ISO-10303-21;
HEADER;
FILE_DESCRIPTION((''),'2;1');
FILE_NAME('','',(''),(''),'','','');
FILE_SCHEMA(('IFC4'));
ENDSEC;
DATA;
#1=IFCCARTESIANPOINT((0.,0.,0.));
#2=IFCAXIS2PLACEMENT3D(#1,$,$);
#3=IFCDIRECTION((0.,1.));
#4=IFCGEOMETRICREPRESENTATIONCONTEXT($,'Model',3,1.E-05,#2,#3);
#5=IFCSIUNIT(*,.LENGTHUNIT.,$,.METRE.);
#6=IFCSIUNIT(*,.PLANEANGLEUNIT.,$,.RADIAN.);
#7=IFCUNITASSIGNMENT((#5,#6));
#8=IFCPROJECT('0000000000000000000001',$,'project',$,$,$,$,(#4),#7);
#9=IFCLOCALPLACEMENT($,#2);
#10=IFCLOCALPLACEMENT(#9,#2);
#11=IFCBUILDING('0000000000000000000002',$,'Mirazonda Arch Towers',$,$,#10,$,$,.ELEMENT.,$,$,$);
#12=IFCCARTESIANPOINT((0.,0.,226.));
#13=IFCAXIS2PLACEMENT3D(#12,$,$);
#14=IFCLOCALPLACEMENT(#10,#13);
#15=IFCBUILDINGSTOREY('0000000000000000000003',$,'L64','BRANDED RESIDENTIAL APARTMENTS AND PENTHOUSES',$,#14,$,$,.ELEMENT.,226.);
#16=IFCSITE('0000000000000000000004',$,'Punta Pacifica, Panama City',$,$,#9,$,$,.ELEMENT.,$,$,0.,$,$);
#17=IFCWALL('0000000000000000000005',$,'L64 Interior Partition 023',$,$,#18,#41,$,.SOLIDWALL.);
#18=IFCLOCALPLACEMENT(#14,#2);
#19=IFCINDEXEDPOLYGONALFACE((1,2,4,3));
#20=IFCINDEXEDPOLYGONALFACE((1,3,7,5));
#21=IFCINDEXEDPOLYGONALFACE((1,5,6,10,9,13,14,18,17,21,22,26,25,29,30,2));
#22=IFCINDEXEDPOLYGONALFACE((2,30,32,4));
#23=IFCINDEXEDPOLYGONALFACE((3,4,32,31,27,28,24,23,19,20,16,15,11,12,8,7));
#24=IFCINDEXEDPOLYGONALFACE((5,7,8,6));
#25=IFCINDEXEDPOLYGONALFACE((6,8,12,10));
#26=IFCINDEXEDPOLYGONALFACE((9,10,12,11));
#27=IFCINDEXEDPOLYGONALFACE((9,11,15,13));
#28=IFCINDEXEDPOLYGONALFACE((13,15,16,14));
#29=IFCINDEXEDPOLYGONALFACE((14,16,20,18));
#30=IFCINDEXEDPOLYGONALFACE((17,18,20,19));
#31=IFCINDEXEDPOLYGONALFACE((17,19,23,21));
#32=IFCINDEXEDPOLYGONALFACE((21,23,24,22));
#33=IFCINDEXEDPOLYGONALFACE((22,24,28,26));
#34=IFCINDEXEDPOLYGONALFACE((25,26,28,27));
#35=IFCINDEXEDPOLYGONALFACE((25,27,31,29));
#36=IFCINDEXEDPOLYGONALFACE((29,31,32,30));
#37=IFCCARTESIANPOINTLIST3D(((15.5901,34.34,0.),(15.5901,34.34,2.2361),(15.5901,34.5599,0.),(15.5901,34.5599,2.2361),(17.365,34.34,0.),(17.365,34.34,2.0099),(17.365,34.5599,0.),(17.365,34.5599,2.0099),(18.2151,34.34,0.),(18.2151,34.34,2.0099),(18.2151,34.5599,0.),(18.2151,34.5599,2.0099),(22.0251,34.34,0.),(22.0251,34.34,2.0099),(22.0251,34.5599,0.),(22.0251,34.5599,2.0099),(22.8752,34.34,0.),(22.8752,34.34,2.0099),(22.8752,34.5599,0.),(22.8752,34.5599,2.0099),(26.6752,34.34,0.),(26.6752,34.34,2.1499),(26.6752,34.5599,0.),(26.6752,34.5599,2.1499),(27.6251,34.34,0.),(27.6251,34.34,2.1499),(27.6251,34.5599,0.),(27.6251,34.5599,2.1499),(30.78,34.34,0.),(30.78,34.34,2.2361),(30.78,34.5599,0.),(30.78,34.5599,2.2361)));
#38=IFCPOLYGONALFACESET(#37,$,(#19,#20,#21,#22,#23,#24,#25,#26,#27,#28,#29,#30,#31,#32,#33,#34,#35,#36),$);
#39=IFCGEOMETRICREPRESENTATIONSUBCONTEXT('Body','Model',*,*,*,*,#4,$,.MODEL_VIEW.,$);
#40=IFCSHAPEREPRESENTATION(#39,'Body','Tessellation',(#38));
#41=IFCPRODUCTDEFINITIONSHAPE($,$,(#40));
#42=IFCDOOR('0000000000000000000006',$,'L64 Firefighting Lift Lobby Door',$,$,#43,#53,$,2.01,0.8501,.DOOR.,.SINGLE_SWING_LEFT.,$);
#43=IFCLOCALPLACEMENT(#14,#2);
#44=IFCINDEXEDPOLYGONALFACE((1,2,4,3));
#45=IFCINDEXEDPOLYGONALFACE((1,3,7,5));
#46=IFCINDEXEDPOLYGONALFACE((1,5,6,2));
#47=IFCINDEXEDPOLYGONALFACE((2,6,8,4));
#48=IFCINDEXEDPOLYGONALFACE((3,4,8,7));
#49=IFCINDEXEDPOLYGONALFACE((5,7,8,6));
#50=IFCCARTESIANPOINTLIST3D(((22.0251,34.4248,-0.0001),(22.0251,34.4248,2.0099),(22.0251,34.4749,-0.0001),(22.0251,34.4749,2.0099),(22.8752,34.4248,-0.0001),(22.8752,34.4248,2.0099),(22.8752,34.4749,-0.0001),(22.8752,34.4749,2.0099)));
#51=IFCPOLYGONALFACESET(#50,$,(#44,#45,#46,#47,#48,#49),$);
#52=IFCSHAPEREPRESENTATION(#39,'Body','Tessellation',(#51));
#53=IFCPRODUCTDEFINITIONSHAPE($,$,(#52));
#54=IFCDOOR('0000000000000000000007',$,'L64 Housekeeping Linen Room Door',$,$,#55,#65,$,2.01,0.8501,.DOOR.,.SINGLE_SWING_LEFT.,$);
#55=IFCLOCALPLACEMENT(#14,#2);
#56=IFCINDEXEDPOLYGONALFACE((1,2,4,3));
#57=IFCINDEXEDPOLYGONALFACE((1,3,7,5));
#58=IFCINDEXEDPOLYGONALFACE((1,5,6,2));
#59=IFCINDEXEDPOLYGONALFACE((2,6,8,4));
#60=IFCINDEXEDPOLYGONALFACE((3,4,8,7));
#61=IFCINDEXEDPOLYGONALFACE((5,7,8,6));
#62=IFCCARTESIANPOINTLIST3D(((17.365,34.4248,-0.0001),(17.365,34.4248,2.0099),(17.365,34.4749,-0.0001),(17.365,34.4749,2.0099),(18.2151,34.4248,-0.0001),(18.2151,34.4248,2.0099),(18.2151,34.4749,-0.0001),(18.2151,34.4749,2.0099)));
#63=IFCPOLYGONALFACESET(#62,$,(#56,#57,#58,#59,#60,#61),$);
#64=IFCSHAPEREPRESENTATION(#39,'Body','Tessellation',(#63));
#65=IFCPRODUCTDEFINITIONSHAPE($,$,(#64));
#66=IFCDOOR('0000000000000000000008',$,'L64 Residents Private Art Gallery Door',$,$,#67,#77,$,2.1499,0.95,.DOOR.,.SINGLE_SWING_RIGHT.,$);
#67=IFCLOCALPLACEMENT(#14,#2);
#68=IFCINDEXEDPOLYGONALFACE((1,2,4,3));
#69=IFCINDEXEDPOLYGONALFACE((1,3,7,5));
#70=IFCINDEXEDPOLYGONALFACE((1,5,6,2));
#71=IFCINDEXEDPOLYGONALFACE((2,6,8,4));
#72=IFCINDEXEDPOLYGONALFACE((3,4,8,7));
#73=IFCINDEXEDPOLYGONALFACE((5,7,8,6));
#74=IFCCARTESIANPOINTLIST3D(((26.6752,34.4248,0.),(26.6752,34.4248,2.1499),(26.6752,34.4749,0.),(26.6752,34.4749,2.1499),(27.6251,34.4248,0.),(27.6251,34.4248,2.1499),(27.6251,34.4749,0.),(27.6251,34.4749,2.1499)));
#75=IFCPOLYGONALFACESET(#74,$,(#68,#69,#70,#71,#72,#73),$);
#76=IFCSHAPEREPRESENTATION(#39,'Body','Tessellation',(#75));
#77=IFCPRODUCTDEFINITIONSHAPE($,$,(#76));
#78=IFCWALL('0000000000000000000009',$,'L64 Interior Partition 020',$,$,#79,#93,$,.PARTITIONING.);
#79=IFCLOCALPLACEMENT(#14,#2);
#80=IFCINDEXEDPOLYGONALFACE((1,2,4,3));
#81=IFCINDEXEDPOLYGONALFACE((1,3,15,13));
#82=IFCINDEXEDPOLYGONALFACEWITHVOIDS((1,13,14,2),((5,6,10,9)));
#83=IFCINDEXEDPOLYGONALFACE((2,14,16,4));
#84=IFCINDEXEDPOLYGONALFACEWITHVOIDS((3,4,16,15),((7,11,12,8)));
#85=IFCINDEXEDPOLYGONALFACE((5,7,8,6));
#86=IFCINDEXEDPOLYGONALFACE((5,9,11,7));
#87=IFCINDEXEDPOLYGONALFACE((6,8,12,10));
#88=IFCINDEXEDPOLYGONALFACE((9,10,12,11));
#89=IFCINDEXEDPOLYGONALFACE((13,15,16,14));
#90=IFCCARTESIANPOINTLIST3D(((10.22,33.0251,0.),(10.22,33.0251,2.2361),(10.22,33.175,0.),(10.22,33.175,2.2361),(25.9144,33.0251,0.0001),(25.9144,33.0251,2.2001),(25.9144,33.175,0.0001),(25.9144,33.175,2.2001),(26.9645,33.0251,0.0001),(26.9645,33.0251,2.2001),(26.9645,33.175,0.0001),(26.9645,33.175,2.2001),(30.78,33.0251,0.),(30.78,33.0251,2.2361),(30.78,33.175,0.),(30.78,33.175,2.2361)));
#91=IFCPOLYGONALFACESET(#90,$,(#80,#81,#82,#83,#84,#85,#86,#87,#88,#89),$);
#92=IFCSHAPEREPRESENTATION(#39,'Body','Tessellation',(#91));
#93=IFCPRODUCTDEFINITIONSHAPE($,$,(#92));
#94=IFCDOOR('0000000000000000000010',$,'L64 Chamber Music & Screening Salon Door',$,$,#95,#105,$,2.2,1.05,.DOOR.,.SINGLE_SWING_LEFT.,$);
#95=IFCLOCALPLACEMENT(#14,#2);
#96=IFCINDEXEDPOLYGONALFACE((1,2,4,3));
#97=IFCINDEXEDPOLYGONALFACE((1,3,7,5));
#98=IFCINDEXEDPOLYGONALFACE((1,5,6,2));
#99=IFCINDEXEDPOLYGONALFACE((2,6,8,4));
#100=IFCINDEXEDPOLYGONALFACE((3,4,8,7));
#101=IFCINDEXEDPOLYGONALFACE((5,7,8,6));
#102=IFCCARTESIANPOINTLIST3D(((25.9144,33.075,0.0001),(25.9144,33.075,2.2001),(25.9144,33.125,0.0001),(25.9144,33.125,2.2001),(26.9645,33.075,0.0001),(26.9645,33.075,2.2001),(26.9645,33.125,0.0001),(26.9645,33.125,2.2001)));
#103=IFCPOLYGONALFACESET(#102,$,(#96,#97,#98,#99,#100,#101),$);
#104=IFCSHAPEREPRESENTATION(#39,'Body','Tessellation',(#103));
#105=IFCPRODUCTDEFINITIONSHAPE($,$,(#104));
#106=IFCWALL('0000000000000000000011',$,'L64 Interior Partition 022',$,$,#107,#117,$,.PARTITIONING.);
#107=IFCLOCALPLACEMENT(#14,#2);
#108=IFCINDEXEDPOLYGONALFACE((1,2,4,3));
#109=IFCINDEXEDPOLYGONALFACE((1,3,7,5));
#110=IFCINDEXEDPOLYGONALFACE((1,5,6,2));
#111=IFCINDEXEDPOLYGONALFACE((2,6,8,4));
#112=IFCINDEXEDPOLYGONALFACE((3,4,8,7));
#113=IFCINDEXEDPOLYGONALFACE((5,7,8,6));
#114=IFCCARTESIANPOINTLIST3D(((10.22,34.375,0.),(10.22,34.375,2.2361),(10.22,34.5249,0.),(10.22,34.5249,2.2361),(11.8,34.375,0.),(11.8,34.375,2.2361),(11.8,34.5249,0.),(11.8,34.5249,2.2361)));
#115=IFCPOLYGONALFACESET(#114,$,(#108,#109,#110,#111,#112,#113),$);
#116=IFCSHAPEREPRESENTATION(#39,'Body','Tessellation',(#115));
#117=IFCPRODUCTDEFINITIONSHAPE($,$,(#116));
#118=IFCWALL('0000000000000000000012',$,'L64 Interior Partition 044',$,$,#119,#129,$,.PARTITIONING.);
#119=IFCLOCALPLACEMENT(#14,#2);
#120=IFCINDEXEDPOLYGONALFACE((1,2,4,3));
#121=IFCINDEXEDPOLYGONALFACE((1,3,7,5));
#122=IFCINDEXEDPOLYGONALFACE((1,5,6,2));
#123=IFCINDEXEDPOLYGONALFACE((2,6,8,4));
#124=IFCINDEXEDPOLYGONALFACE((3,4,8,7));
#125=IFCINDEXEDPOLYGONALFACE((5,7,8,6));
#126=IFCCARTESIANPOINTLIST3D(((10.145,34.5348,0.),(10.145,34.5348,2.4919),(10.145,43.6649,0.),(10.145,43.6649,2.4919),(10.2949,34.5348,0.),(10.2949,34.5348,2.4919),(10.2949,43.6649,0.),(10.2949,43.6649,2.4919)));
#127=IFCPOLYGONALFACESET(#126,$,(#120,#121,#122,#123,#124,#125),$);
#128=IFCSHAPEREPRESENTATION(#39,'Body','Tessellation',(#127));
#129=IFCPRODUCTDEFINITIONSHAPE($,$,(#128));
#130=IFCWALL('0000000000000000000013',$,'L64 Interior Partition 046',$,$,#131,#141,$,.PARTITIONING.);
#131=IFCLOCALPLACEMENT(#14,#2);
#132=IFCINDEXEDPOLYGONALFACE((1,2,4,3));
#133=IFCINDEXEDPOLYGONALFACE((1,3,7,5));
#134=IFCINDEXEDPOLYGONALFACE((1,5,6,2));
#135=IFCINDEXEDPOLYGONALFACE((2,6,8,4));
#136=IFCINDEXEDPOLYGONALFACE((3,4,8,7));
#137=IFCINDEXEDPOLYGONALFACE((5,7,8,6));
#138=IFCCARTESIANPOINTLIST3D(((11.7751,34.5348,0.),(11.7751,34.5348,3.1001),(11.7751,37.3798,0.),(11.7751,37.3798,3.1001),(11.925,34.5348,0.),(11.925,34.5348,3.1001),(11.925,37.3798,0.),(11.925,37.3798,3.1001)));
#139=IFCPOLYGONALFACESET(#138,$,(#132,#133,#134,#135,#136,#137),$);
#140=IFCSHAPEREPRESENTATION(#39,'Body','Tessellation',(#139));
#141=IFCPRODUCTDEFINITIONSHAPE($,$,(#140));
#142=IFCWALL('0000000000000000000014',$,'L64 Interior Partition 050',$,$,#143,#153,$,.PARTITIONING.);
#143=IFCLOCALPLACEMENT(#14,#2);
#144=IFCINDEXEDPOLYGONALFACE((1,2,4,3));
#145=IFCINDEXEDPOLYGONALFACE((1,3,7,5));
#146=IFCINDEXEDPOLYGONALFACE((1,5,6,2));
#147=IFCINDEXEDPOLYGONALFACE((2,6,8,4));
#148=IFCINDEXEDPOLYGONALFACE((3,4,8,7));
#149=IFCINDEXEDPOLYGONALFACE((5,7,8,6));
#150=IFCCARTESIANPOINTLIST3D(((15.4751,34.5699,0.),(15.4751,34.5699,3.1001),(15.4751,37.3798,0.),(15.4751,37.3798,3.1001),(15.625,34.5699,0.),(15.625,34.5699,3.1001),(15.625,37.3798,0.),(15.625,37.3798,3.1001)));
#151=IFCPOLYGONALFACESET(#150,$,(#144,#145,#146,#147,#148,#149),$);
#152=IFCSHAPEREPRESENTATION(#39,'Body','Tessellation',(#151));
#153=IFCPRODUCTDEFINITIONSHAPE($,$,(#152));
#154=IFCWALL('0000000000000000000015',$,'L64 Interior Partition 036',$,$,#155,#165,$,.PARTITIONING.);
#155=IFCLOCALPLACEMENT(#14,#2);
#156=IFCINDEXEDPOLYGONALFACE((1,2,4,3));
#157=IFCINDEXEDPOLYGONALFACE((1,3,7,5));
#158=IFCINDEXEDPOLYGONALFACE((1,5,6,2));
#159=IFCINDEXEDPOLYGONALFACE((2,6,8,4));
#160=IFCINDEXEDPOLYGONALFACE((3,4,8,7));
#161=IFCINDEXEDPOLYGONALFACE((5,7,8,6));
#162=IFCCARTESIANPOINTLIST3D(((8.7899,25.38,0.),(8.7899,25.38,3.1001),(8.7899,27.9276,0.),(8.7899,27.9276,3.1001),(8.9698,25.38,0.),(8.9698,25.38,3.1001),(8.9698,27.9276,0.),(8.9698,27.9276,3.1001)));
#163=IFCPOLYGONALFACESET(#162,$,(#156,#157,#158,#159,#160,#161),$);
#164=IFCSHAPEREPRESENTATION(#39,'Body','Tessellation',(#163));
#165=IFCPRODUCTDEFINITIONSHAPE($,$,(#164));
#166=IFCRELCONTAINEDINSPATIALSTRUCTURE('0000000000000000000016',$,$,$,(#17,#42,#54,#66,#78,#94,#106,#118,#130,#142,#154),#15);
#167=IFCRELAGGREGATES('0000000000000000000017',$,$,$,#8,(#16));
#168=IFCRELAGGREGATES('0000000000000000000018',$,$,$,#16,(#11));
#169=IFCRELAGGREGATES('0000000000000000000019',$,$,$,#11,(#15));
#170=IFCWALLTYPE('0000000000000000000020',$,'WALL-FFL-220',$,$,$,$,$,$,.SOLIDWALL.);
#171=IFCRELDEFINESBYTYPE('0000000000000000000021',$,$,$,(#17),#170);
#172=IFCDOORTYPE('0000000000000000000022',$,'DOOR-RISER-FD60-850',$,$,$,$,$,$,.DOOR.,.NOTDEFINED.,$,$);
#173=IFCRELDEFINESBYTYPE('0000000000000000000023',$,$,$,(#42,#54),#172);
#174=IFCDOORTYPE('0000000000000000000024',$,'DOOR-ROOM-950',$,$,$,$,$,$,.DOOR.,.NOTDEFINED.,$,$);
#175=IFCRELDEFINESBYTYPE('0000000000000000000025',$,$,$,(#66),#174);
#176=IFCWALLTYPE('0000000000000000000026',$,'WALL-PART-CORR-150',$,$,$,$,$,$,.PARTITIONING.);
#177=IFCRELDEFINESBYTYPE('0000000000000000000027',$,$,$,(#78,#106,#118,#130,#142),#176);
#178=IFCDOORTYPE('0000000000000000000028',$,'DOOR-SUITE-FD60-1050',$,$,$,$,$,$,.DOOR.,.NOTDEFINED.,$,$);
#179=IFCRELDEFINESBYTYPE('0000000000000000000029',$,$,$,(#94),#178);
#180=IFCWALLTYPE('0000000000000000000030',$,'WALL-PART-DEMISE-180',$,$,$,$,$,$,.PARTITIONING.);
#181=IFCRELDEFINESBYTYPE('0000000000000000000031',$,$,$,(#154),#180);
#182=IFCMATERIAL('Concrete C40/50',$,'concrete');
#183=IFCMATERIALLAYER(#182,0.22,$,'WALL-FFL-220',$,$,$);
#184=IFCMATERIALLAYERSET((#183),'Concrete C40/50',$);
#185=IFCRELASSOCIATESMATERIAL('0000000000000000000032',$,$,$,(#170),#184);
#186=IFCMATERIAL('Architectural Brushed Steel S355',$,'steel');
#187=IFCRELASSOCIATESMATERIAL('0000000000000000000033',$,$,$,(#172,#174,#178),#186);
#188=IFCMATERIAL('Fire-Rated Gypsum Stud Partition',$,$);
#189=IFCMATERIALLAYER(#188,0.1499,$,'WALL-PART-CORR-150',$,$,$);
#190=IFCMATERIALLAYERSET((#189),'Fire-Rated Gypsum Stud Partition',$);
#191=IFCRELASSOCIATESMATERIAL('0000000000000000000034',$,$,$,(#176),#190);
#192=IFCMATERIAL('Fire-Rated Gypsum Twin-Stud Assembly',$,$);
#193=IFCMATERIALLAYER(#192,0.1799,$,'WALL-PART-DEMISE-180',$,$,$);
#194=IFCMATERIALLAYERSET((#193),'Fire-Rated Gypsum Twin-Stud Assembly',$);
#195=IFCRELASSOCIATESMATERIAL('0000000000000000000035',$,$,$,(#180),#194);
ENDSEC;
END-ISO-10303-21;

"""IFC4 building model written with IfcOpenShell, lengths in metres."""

from ifc_helpers import new_model, si_unit, direction, frame, frame_2d, origin, place, context, subcontext, project, spatial, rectangle, extrude, material, layer, layer_set, type_object, element, fill, save


model = new_model("IFC4")

# Units and contexts
model_context = context("Model", 3, precision=1e-05, world=origin(), true_north=direction((0.0, 1.0)))
body_context = subcontext(model_context, "Body", "Model", "MODEL_VIEW")
ifc_project = project(units=[si_unit("LENGTHUNIT", "METRE"), si_unit("PLANEANGLEUNIT", "RADIAN")], contexts=[model_context])

# Site, building, storey
site_placement = place(None, origin())
site = spatial("IfcSite", under=ifc_project, at=site_placement, Name="Punta Pacifica, Panama City", CompositionType="ELEMENT", RefElevation=0.0)
building_placement = place(site_placement, origin())
building = spatial("IfcBuilding", under=site, at=building_placement, Name="Mirazonda Arch Towers", CompositionType="ELEMENT")
storey_placement = place(building_placement, frame((0.0, 0.0, 226.0)))
storey = spatial("IfcBuildingStorey", under=building, at=storey_placement, Name="L64", Description="BRANDED RESIDENTIAL APARTMENTS AND PENTHOUSES", CompositionType="ELEMENT", Elevation=226.0)

# Wall, openings, doors
ifc_material_1 = material(Name="Architectural Brushed Steel S355", Category="steel")
ifc_material_2 = material(Name="Concrete C40/50", Category="concrete")
ifc_layer_1 = layer(ifc_material_2, 0.22, Name="WALL-FFL-220")
ifc_layer_set_1 = layer_set([ifc_layer_1], Name="Concrete C40/50")
wall_type_1 = type_object("IfcWallType", Name="WALL-FFL-220", PredefinedType="SOLIDWALL", material=ifc_layer_set_1)
wall_1_placement = place(storey_placement, frame((15.5901, 34.45, 0.0), z_axis=(0.0, 0.0, 1.0), x_axis=(1.0, 0.0, 0.0)))
wall_1 = element("IfcWall", 1, at=wall_1_placement, inside=storey, type_object=wall_type_1, Name="L64 Interior Partition 023", PredefinedType="SOLIDWALL", context=body_context, shape_type="SweptSolid", body=[
    extrude(rectangle(XDim=15.1899, YDim=0.22, at=frame_2d((7.595, 0.0))), origin(), (0.0, 0.0, 1.0), 2.2361),
])
opening_1_placement = place(wall_1_placement, frame((6.4351, 0.0, 0.0)))
opening_1 = element("IfcOpeningElement", 2, at=opening_1_placement, cuts=wall_1, PredefinedType="OPENING", context=body_context, shape_type="SweptSolid", body=[
    extrude(rectangle(XDim=0.8501, YDim=2.01, at=frame_2d((0.425, 1.0049))), frame((0.0, 0.1199, 0.0), z_axis=(0.0, -1.0, 0.0), x_axis=(1.0, 0.0, 0.0)), (0.0, 0.0, 1.0), 0.24),
])
opening_2_placement = place(wall_1_placement, frame((11.085, 0.0, 0.0)))
opening_2 = element("IfcOpeningElement", 3, at=opening_2_placement, cuts=wall_1, PredefinedType="OPENING", context=body_context, shape_type="SweptSolid", body=[
    extrude(rectangle(XDim=0.95, YDim=2.1499, at=frame_2d((0.4751, 1.075))), frame((0.0, 0.1199, 0.0), z_axis=(0.0, -1.0, 0.0), x_axis=(1.0, 0.0, 0.0)), (0.0, 0.0, 1.0), 0.24),
])
opening_3_placement = place(wall_1_placement, frame((1.7749, 0.0, 0.0)))
opening_3 = element("IfcOpeningElement", 4, at=opening_3_placement, cuts=wall_1, PredefinedType="OPENING", context=body_context, shape_type="SweptSolid", body=[
    extrude(rectangle(XDim=0.8501, YDim=2.01, at=frame_2d((0.425, 1.0049))), frame((0.0, 0.1199, 0.0), z_axis=(0.0, -1.0, 0.0), x_axis=(1.0, 0.0, 0.0)), (0.0, 0.0, 1.0), 0.24),
])
door_type_1 = type_object("IfcDoorType", Name="DOOR-RISER-FD60-850", OperationType="NOTDEFINED", PredefinedType="DOOR", material=ifc_material_1)
door_1_placement = place(opening_1_placement, origin())
door_1 = element("IfcDoor", 5, at=door_1_placement, inside=storey, type_object=door_type_1, Name="L64 Firefighting Lift Lobby Door", OperationType="SINGLE_SWING_LEFT", OverallHeight=2.01, OverallWidth=0.8501, PredefinedType="DOOR", context=body_context, shape_type="SweptSolid", body=[
    extrude(rectangle(XDim=0.8501, YDim=2.01, at=frame_2d((0.425, 1.0049))), frame((0.0, 0.0249, 0.0), z_axis=(0.0, -1.0, 0.0), x_axis=(1.0, 0.0, 0.0)), (0.0, 0.0, 1.0), 0.05),
])
fill(opening_1, door_1)
door_2_placement = place(opening_3_placement, origin())
door_2 = element("IfcDoor", 6, at=door_2_placement, inside=storey, type_object=door_type_1, Name="L64 Housekeeping Linen Room Door", OperationType="SINGLE_SWING_LEFT", OverallHeight=2.01, OverallWidth=0.8501, PredefinedType="DOOR", context=body_context, shape_type="SweptSolid", body=[
    extrude(rectangle(XDim=0.8501, YDim=2.01, at=frame_2d((0.425, 1.0049))), frame((0.0, 0.0249, 0.0), z_axis=(0.0, -1.0, 0.0), x_axis=(1.0, 0.0, 0.0)), (0.0, 0.0, 1.0), 0.05),
])
fill(opening_3, door_2)
door_type_2 = type_object("IfcDoorType", Name="DOOR-ROOM-950", OperationType="NOTDEFINED", PredefinedType="DOOR", material=ifc_material_1)
door_3_placement = place(opening_2_placement, origin())
door_3 = element("IfcDoor", 7, at=door_3_placement, inside=storey, type_object=door_type_2, Name="L64 Residents Private Art Gallery Door", OperationType="SINGLE_SWING_RIGHT", OverallHeight=2.1499, OverallWidth=0.95, PredefinedType="DOOR", context=body_context, shape_type="SweptSolid", body=[
    extrude(rectangle(XDim=0.95, YDim=2.1499, at=frame_2d((0.4751, 1.075))), frame((0.0, 0.0249, 0.0), z_axis=(0.0, -1.0, 0.0), x_axis=(1.0, 0.0, 0.0)), (0.0, 0.0, 1.0), 0.05),
])
fill(opening_2, door_3)

# Wall, opening, door
ifc_material_3 = material(Name="Fire-Rated Gypsum Stud Partition")
ifc_layer_2 = layer(ifc_material_3, 0.1499, Name="WALL-PART-CORR-150")
ifc_layer_set_2 = layer_set([ifc_layer_2], Name="Fire-Rated Gypsum Stud Partition")
wall_type_2 = type_object("IfcWallType", Name="WALL-PART-CORR-150", PredefinedType="PARTITIONING", material=ifc_layer_set_2)
wall_2_placement = place(storey_placement, frame((10.22, 33.1001, 0.0), z_axis=(0.0, 0.0, 1.0), x_axis=(1.0, 0.0, 0.0)))
wall_2 = element("IfcWall", 8, at=wall_2_placement, inside=storey, type_object=wall_type_2, Name="L64 Interior Partition 020", PredefinedType="PARTITIONING", context=body_context, shape_type="SweptSolid", body=[
    extrude(rectangle(XDim=20.5601, YDim=0.1499, at=frame_2d((10.28, 0.0))), origin(), (0.0, 0.0, 1.0), 2.2361),
])
opening_4_placement = place(wall_2_placement, frame((15.6946, 0.0, 0.0)))
opening_4 = element("IfcOpeningElement", 9, at=opening_4_placement, cuts=wall_2, PredefinedType="OPENING", context=body_context, shape_type="SweptSolid", body=[
    extrude(rectangle(XDim=1.05, YDim=2.2, at=frame_2d((0.5249, 1.1001))), frame((0.0, 0.085, 0.0), z_axis=(0.0, -1.0, 0.0), x_axis=(1.0, 0.0, 0.0)), (0.0, 0.0, 1.0), 0.1699),
])
door_type_3 = type_object("IfcDoorType", Name="DOOR-SUITE-FD60-1050", OperationType="NOTDEFINED", PredefinedType="DOOR", material=ifc_material_1)
door_4_placement = place(opening_4_placement, origin())
door_4 = element("IfcDoor", 10, at=door_4_placement, inside=storey, type_object=door_type_3, Name="L64 Chamber Music & Screening Salon Door", OperationType="SINGLE_SWING_LEFT", OverallHeight=2.2, OverallWidth=1.05, PredefinedType="DOOR", context=body_context, shape_type="SweptSolid", body=[
    extrude(rectangle(XDim=1.05, YDim=2.2, at=frame_2d((0.5249, 1.1001))), frame((0.0, 0.0249, 0.0), z_axis=(0.0, -1.0, 0.0), x_axis=(1.0, 0.0, 0.0)), (0.0, 0.0, 1.0), 0.05),
])
fill(opening_4, door_4)

# Walls
wall_3_placement = place(storey_placement, frame((10.22, 34.45, 0.0), z_axis=(0.0, 0.0, 1.0), x_axis=(1.0, 0.0, 0.0)))
element("IfcWall", 11, at=wall_3_placement, inside=storey, type_object=wall_type_2, Name="L64 Interior Partition 022", PredefinedType="PARTITIONING", context=body_context, shape_type="SweptSolid", body=[
    extrude(rectangle(XDim=1.5801, YDim=0.1499, at=frame_2d((0.79, 0.0))), origin(), (0.0, 0.0, 1.0), 2.2361),
])
wall_4_placement = place(storey_placement, frame((10.22, 34.5349, 0.0), z_axis=(0.0, 0.0, 1.0), x_axis=(0.0, 1.0, 0.0)))
element("IfcWall", 12, at=wall_4_placement, inside=storey, type_object=wall_type_2, Name="L64 Interior Partition 044", PredefinedType="PARTITIONING", context=body_context, shape_type="SweptSolid", body=[
    extrude(rectangle(XDim=9.1301, YDim=0.1499, at=frame_2d((4.5649, 0.0))), origin(), (0.0, 0.0, 1.0), 2.4919),
])
wall_5_placement = place(storey_placement, frame((11.8501, 34.5349, 0.0), z_axis=(0.0, 0.0, 1.0), x_axis=(0.0, 1.0, 0.0)))
element("IfcWall", 13, at=wall_5_placement, inside=storey, type_object=wall_type_2, Name="L64 Interior Partition 046", PredefinedType="PARTITIONING", context=body_context, shape_type="SweptSolid", body=[
    extrude(rectangle(XDim=2.845, YDim=0.1499, at=frame_2d((1.4224, 0.0))), origin(), (0.0, 0.0, 1.0), 3.1001),
])
wall_6_placement = place(storey_placement, frame((15.55, 34.5701, 0.0), z_axis=(0.0, 0.0, 1.0), x_axis=(0.0, 1.0, 0.0)))
element("IfcWall", 14, at=wall_6_placement, inside=storey, type_object=wall_type_2, Name="L64 Interior Partition 050", PredefinedType="PARTITIONING", context=body_context, shape_type="SweptSolid", body=[
    extrude(rectangle(XDim=2.8098, YDim=0.1499, at=frame_2d((1.4048, 0.0))), origin(), (0.0, 0.0, 1.0), 3.1001),
])
ifc_material_4 = material(Name="Fire-Rated Gypsum Twin-Stud Assembly")
ifc_layer_3 = layer(ifc_material_4, 0.1799, Name="WALL-PART-DEMISE-180")
ifc_layer_set_3 = layer_set([ifc_layer_3], Name="Fire-Rated Gypsum Twin-Stud Assembly")
wall_type_3 = type_object("IfcWallType", Name="WALL-PART-DEMISE-180", PredefinedType="PARTITIONING", material=ifc_layer_set_3)
for number, where, z_axis, x_axis, name in (
    (15, (8.8799, 25.3799, 0.0), (0.0, 0.0, 1.0), (0.0, 1.0, 0.0), "L64 Interior Partition 036"),
):
    element("IfcWall", number, at=place(storey_placement, frame(where, z_axis=z_axis, x_axis=x_axis)), inside=storey, type_object=wall_type_3, Name=name, PredefinedType="PARTITIONING", context=body_context, shape_type="SweptSolid", body=[
        extrude(rectangle(XDim=2.5476, YDim=0.1799, at=frame_2d((1.2739, 0.0))), origin(), (0.0, 0.0, 1.0), 3.1001),
    ])

save(model, "model.ifc")
